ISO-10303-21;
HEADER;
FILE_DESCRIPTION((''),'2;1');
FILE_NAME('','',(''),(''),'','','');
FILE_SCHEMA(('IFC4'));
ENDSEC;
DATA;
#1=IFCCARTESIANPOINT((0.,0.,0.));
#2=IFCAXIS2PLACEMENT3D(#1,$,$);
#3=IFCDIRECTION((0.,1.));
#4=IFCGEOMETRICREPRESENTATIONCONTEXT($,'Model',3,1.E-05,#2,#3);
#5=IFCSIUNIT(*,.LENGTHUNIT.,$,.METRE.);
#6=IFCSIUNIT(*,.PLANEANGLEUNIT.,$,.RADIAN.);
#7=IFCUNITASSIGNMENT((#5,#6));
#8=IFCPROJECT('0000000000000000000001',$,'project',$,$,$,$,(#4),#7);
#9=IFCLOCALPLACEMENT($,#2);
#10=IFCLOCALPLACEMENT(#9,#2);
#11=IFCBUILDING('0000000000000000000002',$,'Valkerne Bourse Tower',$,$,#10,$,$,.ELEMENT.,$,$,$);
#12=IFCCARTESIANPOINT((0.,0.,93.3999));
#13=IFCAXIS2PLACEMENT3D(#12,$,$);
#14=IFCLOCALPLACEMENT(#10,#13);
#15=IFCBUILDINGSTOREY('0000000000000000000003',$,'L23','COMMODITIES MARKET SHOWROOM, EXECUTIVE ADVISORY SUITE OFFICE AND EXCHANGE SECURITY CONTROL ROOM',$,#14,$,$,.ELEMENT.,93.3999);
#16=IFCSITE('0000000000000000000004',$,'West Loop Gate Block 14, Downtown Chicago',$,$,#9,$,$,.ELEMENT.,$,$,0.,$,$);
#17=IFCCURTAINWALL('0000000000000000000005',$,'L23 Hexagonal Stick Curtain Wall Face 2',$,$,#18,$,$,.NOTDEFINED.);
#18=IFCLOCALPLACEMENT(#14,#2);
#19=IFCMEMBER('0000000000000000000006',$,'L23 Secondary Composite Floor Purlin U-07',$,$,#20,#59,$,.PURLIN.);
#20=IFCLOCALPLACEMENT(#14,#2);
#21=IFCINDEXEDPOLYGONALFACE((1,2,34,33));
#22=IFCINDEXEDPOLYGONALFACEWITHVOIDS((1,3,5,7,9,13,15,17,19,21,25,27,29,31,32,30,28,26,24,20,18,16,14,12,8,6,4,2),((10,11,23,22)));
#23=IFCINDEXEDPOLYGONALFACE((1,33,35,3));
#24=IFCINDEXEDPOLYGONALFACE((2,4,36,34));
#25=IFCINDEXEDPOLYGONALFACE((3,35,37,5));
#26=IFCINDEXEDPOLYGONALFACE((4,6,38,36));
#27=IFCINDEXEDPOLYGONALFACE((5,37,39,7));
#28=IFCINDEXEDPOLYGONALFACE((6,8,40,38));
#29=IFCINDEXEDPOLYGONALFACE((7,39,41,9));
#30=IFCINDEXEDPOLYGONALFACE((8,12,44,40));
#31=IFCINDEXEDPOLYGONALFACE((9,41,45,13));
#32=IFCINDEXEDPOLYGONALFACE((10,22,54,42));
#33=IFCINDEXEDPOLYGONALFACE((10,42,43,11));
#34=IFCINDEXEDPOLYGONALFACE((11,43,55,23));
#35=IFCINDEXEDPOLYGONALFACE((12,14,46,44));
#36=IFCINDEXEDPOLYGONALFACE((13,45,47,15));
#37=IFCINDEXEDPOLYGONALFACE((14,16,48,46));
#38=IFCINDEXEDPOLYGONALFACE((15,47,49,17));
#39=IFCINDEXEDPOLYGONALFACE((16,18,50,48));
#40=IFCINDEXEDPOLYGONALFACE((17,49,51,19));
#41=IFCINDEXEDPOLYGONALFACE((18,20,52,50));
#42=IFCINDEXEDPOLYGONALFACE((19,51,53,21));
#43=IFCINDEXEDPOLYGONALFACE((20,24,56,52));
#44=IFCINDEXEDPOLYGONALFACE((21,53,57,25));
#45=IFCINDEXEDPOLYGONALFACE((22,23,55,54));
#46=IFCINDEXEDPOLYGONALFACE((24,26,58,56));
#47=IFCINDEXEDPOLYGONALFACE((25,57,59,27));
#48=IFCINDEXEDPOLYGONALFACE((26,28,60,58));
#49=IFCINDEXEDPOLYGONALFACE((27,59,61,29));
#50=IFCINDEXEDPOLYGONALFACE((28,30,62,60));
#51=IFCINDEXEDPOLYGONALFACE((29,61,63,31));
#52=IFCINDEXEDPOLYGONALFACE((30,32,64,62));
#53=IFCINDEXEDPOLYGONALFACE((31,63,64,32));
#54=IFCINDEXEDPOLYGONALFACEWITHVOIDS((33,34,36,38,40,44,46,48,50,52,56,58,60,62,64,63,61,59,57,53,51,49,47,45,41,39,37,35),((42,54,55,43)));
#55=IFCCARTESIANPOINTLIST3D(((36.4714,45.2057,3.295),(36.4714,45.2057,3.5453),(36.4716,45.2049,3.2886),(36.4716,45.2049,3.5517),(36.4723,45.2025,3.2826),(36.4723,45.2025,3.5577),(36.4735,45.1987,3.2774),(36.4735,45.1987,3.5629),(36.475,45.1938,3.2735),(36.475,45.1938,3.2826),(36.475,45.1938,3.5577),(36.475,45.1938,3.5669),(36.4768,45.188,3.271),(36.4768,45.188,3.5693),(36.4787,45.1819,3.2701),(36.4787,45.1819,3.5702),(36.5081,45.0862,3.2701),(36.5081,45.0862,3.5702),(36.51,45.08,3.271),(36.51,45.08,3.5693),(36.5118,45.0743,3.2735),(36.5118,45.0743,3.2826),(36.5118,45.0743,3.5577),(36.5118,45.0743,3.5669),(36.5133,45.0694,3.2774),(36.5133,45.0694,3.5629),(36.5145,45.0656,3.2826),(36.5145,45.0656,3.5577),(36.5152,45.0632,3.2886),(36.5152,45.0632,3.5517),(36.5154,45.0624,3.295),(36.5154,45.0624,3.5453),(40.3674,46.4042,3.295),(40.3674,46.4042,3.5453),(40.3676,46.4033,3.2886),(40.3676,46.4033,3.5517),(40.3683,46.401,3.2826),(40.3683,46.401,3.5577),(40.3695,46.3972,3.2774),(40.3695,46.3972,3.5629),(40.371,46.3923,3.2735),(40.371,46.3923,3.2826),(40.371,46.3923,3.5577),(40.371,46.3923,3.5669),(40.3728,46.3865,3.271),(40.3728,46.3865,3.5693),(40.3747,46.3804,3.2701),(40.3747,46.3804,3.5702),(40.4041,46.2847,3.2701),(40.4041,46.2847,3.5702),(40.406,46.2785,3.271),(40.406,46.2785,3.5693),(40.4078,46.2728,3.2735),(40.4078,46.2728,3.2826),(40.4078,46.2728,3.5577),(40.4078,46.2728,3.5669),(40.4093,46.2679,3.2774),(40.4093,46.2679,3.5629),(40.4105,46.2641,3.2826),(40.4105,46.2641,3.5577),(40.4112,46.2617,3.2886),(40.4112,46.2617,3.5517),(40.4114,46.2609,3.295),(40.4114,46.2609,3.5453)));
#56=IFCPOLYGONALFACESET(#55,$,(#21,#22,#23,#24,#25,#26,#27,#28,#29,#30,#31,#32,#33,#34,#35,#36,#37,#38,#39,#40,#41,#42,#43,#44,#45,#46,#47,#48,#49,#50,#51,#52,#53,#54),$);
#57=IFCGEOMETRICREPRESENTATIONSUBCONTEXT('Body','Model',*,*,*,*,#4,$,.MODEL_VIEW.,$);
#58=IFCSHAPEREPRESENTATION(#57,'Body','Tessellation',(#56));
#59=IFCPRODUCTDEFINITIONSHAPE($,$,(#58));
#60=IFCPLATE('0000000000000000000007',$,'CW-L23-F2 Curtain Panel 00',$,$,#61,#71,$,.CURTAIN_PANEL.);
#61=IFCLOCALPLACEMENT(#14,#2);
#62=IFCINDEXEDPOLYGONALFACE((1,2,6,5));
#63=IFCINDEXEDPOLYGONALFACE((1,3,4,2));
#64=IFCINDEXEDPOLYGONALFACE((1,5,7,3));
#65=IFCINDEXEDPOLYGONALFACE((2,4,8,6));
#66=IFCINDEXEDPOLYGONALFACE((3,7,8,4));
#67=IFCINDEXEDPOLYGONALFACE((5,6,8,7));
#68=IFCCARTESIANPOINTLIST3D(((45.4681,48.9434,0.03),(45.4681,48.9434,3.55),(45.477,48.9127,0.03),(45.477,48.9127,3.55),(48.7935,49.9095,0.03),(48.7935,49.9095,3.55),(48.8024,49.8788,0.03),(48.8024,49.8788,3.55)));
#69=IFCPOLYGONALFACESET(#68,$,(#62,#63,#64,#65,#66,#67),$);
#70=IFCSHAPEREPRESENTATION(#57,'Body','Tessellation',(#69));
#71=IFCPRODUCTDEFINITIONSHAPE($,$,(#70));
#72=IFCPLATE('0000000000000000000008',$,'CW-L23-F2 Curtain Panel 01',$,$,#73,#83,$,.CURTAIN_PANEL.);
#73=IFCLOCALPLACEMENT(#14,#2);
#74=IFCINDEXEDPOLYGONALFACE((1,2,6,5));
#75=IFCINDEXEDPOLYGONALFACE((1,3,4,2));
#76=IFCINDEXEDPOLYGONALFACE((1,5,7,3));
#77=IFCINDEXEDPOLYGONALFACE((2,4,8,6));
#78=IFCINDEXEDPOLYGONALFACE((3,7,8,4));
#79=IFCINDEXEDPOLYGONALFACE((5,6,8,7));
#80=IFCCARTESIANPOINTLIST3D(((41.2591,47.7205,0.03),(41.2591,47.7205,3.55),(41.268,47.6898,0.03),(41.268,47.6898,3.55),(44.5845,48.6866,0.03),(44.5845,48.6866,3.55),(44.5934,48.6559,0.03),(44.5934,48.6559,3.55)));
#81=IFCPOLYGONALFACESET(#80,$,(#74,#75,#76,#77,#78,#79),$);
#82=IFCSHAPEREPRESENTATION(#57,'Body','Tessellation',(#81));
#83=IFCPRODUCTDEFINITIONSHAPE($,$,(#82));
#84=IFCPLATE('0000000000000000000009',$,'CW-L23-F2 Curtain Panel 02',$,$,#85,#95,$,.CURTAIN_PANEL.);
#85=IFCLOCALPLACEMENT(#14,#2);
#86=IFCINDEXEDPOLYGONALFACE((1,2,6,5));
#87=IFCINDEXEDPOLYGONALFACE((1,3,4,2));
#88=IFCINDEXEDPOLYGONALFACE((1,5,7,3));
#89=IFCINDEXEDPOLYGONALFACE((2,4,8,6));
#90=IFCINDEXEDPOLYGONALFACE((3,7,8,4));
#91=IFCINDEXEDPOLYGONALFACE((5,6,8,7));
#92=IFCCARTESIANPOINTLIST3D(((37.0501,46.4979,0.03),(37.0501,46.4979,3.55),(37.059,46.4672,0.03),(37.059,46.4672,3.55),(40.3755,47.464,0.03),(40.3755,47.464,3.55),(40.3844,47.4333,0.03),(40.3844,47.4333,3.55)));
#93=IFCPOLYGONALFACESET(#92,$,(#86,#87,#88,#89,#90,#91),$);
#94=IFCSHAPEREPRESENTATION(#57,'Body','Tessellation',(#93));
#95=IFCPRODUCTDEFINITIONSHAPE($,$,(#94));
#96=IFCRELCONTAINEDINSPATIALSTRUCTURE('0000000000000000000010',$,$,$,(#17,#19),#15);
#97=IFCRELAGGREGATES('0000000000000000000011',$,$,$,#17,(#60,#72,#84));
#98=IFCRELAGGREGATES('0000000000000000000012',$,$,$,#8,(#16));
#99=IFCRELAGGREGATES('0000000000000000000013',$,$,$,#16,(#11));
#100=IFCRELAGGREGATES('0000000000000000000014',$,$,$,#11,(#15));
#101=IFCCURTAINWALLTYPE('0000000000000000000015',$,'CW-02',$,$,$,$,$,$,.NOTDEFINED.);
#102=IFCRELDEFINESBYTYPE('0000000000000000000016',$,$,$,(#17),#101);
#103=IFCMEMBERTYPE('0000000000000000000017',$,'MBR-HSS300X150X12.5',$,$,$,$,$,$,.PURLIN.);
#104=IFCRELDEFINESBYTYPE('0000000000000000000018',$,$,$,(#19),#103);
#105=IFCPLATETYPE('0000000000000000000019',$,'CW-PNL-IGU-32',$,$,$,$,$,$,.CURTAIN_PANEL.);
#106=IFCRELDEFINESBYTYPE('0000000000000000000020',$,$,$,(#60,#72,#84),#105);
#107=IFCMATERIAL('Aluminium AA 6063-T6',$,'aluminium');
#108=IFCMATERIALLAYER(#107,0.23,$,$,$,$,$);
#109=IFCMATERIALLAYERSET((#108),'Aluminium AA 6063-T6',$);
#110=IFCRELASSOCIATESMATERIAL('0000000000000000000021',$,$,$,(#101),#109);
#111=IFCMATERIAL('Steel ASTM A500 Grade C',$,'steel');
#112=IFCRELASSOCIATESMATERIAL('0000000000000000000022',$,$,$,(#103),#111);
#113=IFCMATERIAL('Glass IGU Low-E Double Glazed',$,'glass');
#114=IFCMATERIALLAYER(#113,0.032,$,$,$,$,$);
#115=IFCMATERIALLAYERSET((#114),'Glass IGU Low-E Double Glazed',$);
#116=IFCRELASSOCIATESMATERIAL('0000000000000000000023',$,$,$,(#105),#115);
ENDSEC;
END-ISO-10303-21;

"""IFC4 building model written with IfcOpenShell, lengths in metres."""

from ifc_helpers import new_model, si_unit, direction, frame, origin, origin_2d, place, context, subcontext, project, spatial, rectangle, hollow_rectangle, extrude, material, layer, layer_set, material_profile, profile_set, type_object, element, aggregate, save


model = new_model("IFC4")

# Units and contexts
model_context = context("Model", 3, precision=1e-05, world=origin(), true_north=direction((0.0, 1.0)))
body_context = subcontext(model_context, "Body", "Model", "MODEL_VIEW")
ifc_project = project(units=[si_unit("LENGTHUNIT", "METRE"), si_unit("PLANEANGLEUNIT", "RADIAN")], contexts=[model_context])

# Site, building, storey
site_placement = place(None, origin())
site = spatial("IfcSite", under=ifc_project, at=site_placement, Name="West Loop Gate Block 14, Downtown Chicago", CompositionType="ELEMENT", RefElevation=0.0)
building_placement = place(site_placement, origin())
building = spatial("IfcBuilding", under=site, at=building_placement, Name="Valkerne Bourse Tower", CompositionType="ELEMENT")
storey_placement = place(building_placement, frame((0.0, 0.0, 93.3999)))
storey = spatial("IfcBuildingStorey", under=building, at=storey_placement, Name="L23", Description="COMMODITIES MARKET SHOWROOM, EXECUTIVE ADVISORY SUITE OFFICE AND EXCHANGE SECURITY CONTROL ROOM", CompositionType="ELEMENT", Elevation=93.3999)

# Curtain wall
ifc_material_1 = material(Name="Aluminium AA 6063-T6", Category="aluminium")
ifc_layer_1 = layer(ifc_material_1, 0.23)
ifc_layer_set_1 = layer_set([ifc_layer_1], Name="Aluminium AA 6063-T6")
curtain_wall_type = type_object("IfcCurtainWallType", Name="CW-02", PredefinedType="NOTDEFINED", material=ifc_layer_set_1)
curtain_wall_placement = place(storey_placement, origin())
curtain_wall = element("IfcCurtainWall", 1, at=curtain_wall_placement, inside=storey, type_object=curtain_wall_type, Name="L23 Hexagonal Stick Curtain Wall Face 2", PredefinedType="NOTDEFINED")

# Member
ifc_material_2 = material(Name="Steel ASTM A500 Grade C", Category="steel")
ifc_material_profile_1 = material_profile(ifc_material_2, hollow_rectangle(XDim=0.1499, YDim=0.3, WallThickness=0.0125, OuterFilletRadius=0.0249, at=origin_2d()), Name="HSS300X150X12.5")
ifc_profile_set_1 = profile_set([ifc_material_profile_1], Name="Steel ASTM A500 Grade C")
member_type_1 = type_object("IfcMemberType", Name="MBR-HSS300X150X12.5", PredefinedType="PURLIN", material=ifc_profile_set_1)
for number, where, z_axis, x_axis, name in (
    (2, (40.3894, 46.3325, 3.4202), (-0.955798, -0.294023, 0.0), (0.294023, -0.955798, 0.0), "L23 Secondary Composite Floor Purlin U-07"),
):
    element("IfcMember", number, at=place(storey_placement, frame(where, z_axis=z_axis, x_axis=x_axis)), inside=storey, type_object=member_type_1, Name=name, PredefinedType="PURLIN", context=body_context, shape_type="SweptSolid", body=[
        extrude(hollow_rectangle(XDim=0.1499, YDim=0.3, WallThickness=0.0125, OuterFilletRadius=0.0249, at=origin_2d()), origin(), (0.0, 0.0, 1.0), 4.0762),
    ])

# Plates
ifc_material_3 = material(Name="Glass IGU Low-E Double Glazed", Category="glass")
ifc_layer_2 = layer(ifc_material_3, 0.032)
ifc_layer_set_2 = layer_set([ifc_layer_2], Name="Glass IGU Low-E Double Glazed")
plate_type = type_object("IfcPlateType", Name="CW-PNL-IGU-32", PredefinedType="CURTAIN_PANEL", material=ifc_layer_set_2)
plate_1_placement = place(storey_placement, frame((47.1353, 49.4111, 0.03), z_axis=(0.0, 0.0, 1.0), x_axis=(-0.960294, -0.278991, 0.0)))
plate_1 = element("IfcPlate", 3, at=plate_1_placement, type_object=plate_type, Name="CW-L23-F2 Curtain Panel 00", PredefinedType="CURTAIN_PANEL", context=body_context, shape_type="SweptSolid", body=[
    extrude(rectangle(XDim=3.4629, YDim=0.032, at=origin_2d()), origin(), (0.0, 0.0, 1.0), 3.52),
])
plate_2_placement = place(storey_placement, frame((42.9263, 48.1882, 0.03), z_axis=(0.0, 0.0, 1.0), x_axis=(-0.960295, -0.278985, 0.0)))
plate_2 = element("IfcPlate", 4, at=plate_2_placement, type_object=plate_type, Name="CW-L23-F2 Curtain Panel 01", PredefinedType="CURTAIN_PANEL", context=body_context, shape_type="SweptSolid", body=[
    extrude(rectangle(XDim=3.4629, YDim=0.032, at=origin_2d()), origin(), (0.0, 0.0, 1.0), 3.52),
])
plate_3_placement = place(storey_placement, frame((38.7173, 46.9656, 0.03), z_axis=(0.0, 0.0, 1.0), x_axis=(-0.960295, -0.278985, 0.0)))
plate_3 = element("IfcPlate", 5, at=plate_3_placement, type_object=plate_type, Name="CW-L23-F2 Curtain Panel 02", PredefinedType="CURTAIN_PANEL", context=body_context, shape_type="SweptSolid", body=[
    extrude(rectangle(XDim=3.4629, YDim=0.032, at=origin_2d()), origin(), (0.0, 0.0, 1.0), 3.52),
])
aggregate(curtain_wall, [plate_1, plate_2, plate_3])

save(model, "model.ifc")
